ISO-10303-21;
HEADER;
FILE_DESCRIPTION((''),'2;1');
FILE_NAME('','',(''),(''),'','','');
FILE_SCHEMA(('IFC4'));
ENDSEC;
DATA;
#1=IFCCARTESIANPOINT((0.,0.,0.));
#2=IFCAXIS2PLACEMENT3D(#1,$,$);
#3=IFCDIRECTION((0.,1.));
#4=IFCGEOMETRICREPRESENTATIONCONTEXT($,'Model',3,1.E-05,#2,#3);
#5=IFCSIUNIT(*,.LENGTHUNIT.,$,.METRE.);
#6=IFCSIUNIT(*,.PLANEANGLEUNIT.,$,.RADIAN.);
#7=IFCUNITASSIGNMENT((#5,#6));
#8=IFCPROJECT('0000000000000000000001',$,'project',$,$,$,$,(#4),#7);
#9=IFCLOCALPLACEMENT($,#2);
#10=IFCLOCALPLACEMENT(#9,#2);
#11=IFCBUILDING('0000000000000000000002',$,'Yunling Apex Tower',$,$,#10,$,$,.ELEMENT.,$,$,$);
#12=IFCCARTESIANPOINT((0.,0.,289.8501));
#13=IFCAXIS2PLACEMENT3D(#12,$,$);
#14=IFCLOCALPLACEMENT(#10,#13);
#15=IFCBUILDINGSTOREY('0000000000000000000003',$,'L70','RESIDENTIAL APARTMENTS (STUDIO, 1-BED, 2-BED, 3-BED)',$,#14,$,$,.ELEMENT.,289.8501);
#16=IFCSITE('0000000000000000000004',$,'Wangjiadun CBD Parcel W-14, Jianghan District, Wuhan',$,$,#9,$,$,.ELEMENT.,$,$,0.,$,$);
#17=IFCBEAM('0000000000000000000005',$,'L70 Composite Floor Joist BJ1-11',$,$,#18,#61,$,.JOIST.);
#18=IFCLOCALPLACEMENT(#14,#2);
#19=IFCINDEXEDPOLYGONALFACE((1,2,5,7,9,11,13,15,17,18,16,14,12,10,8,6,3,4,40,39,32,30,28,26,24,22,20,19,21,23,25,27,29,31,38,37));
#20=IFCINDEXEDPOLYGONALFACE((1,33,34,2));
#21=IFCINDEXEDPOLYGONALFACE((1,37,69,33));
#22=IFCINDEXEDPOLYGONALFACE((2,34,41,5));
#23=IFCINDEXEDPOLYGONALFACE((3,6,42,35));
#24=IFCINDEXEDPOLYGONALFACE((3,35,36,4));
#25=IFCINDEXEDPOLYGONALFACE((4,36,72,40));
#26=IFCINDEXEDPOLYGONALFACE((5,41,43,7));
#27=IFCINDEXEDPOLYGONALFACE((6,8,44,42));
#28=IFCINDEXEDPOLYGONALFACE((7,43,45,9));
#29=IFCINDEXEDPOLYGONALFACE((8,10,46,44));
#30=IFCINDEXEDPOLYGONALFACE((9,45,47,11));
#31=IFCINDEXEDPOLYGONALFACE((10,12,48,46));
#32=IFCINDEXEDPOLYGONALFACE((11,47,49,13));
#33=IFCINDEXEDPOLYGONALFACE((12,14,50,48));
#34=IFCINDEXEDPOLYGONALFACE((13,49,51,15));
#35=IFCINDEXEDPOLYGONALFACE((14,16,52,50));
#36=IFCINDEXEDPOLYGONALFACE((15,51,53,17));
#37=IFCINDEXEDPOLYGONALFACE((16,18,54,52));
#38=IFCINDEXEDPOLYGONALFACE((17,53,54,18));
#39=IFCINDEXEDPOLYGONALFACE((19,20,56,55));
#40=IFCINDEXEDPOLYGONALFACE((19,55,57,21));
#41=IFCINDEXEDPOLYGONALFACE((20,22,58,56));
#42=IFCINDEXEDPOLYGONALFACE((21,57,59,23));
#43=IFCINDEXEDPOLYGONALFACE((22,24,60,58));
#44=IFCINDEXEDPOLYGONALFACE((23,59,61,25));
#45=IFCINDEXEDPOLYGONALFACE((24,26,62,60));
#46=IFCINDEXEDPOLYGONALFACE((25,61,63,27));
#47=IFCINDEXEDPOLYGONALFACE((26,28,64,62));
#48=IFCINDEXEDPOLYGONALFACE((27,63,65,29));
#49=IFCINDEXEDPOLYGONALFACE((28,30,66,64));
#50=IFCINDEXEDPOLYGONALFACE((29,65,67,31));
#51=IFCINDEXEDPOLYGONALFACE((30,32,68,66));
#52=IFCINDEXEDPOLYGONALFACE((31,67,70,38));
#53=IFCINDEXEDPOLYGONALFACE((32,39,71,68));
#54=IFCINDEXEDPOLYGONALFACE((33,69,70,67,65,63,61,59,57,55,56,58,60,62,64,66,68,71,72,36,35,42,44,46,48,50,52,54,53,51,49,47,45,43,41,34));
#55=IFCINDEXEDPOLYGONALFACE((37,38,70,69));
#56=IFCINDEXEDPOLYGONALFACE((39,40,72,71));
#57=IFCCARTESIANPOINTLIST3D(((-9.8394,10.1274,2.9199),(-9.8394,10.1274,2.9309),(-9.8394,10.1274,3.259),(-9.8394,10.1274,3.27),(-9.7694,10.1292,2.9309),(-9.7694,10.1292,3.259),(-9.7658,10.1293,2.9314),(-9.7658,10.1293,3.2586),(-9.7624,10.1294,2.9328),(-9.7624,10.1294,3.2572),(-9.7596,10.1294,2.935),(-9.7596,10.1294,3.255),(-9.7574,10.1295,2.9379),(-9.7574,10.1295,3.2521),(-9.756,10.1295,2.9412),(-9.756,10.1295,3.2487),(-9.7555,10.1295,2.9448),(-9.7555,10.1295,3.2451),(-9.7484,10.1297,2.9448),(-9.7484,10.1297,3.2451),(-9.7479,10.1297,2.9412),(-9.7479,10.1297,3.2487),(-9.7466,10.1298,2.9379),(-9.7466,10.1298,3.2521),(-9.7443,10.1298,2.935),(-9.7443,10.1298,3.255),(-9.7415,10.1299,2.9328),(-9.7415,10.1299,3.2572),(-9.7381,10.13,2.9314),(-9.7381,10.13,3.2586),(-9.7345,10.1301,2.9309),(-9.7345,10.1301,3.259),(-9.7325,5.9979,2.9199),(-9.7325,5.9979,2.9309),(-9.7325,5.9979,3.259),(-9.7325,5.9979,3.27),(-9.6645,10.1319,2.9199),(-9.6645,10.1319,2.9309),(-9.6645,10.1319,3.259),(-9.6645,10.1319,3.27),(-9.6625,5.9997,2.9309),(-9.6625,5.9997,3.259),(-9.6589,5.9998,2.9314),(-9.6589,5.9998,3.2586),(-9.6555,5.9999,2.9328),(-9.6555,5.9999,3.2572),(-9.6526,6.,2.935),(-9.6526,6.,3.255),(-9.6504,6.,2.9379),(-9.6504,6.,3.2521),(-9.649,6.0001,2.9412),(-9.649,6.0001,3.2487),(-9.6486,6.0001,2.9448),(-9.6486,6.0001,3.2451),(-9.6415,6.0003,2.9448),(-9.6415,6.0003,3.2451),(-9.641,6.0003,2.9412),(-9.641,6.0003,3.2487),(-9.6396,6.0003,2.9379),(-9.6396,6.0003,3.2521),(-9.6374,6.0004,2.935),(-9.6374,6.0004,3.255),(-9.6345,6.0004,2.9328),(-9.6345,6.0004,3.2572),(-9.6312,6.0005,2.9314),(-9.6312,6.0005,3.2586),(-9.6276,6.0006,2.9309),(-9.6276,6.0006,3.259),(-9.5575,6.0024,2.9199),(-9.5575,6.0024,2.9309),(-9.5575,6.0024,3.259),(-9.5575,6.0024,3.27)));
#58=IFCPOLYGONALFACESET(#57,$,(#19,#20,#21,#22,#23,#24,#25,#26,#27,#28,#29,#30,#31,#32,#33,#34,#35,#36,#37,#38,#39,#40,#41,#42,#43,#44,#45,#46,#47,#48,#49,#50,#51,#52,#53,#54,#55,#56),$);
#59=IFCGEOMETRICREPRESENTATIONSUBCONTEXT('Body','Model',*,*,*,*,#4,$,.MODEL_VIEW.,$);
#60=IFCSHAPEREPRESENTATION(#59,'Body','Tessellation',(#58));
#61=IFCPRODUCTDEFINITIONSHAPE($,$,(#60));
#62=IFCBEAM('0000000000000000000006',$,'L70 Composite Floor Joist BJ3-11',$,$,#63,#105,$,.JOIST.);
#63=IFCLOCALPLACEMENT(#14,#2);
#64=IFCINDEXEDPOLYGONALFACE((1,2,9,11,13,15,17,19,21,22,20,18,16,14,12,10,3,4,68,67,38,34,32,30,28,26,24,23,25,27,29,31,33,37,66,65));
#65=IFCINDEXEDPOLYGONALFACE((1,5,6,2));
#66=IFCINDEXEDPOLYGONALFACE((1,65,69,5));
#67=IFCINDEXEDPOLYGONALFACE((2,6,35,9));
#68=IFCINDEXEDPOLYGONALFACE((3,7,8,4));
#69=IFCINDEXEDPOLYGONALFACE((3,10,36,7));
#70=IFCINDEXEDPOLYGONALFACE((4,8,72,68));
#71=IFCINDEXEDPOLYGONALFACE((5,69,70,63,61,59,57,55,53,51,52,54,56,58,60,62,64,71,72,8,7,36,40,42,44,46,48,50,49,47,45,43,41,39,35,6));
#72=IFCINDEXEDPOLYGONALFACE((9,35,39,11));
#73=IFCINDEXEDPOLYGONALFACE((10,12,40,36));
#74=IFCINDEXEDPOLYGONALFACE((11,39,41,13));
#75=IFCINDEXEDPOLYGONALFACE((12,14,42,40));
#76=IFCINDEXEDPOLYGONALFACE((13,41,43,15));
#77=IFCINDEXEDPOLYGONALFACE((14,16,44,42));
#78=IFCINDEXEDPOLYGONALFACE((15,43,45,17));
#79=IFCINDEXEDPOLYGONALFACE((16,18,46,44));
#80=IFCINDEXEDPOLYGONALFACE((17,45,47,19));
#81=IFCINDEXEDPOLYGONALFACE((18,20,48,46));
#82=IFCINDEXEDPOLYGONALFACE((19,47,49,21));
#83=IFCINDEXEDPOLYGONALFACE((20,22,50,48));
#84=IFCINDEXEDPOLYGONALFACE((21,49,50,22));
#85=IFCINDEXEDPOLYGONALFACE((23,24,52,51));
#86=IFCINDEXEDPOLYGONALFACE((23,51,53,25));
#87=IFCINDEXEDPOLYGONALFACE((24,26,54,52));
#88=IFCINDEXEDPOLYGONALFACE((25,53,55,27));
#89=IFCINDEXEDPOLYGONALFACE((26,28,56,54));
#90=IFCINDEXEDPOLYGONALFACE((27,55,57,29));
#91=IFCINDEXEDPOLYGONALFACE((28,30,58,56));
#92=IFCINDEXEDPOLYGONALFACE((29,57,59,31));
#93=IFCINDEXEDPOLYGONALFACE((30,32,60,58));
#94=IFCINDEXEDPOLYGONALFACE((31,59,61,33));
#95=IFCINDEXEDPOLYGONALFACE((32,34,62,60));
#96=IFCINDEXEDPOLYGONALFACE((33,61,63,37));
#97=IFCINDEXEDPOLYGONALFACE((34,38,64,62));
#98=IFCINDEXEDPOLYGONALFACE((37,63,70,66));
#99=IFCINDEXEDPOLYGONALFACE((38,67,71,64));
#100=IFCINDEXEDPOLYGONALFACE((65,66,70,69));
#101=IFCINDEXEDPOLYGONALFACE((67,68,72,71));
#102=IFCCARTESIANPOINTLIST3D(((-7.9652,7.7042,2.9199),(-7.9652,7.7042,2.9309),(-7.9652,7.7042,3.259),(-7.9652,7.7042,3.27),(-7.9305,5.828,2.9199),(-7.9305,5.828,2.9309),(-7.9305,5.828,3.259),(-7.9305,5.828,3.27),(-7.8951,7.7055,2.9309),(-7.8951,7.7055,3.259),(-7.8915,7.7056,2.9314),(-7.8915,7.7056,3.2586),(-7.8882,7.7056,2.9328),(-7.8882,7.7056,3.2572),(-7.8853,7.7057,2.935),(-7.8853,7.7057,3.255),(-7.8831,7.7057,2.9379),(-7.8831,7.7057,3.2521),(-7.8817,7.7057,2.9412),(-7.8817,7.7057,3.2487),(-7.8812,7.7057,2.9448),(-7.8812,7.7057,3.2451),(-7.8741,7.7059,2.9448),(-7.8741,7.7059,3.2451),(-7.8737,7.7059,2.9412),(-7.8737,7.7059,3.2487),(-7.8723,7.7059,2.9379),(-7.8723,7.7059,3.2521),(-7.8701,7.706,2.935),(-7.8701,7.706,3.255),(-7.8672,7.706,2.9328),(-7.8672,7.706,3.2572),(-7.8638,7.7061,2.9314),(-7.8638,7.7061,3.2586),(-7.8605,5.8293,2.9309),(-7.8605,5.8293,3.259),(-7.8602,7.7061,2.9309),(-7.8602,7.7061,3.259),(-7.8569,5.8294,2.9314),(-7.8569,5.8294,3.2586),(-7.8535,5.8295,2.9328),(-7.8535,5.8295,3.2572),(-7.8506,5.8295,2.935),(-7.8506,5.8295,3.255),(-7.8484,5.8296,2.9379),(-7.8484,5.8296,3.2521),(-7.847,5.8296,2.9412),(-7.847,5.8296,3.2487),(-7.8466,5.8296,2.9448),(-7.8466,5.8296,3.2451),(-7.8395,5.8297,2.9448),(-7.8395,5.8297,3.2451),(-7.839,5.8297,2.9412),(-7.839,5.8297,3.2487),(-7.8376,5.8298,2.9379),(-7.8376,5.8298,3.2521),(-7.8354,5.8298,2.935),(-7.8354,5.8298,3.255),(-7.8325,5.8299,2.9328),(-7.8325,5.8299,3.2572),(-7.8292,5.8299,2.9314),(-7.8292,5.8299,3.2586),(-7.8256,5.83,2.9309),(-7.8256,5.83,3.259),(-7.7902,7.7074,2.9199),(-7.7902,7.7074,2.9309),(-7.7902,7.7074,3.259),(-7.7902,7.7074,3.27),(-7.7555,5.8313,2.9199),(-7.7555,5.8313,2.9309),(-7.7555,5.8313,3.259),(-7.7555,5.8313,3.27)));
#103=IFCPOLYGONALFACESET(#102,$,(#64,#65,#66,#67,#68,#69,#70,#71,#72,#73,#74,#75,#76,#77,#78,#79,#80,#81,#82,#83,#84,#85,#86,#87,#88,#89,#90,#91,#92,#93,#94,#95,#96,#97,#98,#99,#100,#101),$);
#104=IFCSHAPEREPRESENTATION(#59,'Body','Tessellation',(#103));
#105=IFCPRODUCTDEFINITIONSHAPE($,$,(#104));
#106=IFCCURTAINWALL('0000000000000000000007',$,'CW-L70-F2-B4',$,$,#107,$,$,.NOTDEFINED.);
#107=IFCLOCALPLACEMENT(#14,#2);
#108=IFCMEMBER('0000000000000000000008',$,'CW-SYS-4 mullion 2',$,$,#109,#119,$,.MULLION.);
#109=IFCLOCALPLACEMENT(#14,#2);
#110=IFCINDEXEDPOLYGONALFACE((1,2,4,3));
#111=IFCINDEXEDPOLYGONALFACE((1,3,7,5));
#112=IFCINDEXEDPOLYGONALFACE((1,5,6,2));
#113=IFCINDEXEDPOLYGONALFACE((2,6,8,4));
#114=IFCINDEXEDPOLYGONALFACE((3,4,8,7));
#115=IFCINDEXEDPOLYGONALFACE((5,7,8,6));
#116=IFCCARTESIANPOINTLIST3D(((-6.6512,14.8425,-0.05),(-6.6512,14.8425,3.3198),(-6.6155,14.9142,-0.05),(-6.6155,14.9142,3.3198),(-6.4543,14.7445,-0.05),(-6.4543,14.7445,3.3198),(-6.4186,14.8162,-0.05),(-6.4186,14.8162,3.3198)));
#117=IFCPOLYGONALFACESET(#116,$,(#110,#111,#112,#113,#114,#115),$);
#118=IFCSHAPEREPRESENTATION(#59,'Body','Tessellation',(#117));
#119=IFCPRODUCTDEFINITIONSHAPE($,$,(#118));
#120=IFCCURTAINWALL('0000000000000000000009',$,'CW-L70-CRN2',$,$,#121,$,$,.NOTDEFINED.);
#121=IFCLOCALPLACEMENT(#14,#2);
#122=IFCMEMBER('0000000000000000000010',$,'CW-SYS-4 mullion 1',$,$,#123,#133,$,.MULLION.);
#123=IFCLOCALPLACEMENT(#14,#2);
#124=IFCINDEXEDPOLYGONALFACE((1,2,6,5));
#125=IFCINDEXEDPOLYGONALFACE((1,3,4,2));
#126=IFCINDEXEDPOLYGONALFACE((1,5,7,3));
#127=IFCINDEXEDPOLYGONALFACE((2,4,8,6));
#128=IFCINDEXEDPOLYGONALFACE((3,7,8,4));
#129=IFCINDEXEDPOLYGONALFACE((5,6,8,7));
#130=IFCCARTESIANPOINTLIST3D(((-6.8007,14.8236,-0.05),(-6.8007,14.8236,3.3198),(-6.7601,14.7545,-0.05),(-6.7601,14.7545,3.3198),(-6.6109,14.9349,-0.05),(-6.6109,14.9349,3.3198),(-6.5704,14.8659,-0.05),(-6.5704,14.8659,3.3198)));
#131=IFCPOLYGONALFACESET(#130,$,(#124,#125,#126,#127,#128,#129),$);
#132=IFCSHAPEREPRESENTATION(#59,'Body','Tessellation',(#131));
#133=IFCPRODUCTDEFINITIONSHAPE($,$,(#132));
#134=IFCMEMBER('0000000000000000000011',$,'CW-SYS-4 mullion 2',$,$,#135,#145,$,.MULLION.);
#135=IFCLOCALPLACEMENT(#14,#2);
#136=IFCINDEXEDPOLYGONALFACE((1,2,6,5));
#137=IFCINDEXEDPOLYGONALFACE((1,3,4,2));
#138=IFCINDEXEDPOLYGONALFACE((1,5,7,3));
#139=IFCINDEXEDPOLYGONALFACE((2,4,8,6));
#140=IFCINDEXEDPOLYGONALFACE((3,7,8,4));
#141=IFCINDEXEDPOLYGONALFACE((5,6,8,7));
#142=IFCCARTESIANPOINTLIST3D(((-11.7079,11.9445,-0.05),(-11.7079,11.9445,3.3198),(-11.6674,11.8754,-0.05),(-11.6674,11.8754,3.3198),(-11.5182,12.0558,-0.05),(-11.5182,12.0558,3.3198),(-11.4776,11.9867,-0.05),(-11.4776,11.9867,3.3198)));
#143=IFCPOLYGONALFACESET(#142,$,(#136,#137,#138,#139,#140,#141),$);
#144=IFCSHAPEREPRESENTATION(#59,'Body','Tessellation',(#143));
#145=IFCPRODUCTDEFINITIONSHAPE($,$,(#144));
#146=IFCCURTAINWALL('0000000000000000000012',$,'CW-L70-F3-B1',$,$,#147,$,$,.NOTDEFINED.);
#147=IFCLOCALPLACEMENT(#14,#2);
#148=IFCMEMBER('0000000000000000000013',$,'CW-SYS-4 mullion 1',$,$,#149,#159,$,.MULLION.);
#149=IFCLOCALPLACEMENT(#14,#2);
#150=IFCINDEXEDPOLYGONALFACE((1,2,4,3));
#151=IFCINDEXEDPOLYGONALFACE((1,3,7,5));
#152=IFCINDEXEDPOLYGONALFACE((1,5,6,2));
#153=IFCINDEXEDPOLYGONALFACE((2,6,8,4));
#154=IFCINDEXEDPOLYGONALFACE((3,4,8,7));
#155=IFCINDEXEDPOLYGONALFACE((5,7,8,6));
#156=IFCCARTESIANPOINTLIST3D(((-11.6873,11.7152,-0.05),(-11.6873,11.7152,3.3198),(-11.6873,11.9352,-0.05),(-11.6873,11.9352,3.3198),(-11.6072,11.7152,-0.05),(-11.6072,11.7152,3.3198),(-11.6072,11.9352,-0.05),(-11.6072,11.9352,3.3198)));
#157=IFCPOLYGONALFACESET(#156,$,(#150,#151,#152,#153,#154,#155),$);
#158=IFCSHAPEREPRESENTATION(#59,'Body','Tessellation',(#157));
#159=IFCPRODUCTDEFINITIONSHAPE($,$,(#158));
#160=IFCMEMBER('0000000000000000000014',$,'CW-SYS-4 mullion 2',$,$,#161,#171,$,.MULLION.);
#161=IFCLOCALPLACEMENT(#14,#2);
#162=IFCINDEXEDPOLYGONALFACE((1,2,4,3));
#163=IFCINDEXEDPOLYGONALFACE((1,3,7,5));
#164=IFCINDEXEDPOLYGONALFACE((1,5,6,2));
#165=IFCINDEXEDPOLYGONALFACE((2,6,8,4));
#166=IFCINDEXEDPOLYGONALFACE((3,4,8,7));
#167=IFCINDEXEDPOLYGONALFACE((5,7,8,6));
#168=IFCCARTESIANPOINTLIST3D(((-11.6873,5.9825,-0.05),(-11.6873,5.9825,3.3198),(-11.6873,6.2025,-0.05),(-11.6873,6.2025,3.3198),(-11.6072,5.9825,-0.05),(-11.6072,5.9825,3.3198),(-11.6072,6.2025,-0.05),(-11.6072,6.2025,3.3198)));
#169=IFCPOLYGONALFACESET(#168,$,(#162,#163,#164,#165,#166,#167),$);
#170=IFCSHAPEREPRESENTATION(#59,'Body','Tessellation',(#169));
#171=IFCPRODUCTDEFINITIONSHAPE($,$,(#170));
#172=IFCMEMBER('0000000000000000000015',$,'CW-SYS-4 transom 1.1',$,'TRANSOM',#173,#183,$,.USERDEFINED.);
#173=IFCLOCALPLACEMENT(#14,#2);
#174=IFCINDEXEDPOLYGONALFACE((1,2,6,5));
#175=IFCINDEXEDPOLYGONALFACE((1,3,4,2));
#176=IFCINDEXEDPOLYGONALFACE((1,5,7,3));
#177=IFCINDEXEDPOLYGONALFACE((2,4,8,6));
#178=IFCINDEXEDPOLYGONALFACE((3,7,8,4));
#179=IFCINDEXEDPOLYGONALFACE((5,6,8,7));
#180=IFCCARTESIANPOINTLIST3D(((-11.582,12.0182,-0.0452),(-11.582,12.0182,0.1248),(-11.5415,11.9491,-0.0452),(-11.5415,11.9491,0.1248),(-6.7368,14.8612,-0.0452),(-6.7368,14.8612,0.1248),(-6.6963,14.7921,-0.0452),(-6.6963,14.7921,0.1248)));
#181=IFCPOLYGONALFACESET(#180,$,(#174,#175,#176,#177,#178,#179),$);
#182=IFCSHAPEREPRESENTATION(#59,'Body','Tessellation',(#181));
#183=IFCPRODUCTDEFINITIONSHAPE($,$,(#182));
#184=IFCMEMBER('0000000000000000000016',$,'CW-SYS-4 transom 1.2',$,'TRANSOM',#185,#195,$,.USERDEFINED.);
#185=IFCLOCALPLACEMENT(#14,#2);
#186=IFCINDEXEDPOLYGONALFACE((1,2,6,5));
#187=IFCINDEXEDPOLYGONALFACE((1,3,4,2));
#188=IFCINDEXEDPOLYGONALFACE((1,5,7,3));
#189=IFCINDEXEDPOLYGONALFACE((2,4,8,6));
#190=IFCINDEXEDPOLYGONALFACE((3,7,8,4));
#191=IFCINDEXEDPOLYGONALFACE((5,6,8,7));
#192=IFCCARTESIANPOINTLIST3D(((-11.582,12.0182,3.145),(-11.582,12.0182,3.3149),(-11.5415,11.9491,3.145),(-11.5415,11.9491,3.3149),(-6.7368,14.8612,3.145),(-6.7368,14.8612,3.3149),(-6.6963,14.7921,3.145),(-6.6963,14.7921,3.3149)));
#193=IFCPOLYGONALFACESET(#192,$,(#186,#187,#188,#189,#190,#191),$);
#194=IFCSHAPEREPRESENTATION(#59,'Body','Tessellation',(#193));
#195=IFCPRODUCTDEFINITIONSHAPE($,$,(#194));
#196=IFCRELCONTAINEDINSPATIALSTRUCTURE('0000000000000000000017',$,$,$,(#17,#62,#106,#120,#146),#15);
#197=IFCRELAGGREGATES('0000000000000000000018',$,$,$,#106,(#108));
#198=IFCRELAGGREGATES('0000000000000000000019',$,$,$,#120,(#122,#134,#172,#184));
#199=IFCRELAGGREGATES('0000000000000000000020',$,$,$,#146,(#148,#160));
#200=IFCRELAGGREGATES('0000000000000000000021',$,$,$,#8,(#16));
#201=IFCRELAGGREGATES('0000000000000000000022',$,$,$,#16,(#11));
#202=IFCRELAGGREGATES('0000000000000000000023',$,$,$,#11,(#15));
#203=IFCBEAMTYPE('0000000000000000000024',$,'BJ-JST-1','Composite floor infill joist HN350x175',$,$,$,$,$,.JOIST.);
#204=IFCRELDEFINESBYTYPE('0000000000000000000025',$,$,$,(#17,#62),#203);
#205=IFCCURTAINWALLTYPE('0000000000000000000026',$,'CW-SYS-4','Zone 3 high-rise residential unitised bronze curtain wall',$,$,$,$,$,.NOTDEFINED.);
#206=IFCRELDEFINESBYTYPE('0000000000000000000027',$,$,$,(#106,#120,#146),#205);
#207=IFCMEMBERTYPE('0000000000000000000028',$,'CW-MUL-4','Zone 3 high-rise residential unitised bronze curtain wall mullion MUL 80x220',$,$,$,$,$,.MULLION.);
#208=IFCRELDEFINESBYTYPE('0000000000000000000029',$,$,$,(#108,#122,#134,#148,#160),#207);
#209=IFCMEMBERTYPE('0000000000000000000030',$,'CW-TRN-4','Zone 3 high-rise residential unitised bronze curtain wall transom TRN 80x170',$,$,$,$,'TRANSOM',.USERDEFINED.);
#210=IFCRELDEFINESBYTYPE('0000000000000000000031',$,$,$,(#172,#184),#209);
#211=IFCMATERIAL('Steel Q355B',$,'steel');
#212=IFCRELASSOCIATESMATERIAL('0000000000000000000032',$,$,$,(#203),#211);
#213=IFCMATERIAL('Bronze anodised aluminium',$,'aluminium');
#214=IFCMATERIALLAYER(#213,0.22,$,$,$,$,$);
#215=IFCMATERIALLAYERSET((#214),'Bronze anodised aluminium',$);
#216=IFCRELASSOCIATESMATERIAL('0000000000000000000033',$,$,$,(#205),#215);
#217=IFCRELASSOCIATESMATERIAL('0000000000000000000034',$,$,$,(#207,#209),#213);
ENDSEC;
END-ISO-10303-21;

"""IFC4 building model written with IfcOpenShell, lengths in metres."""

from ifc_helpers import new_model, si_unit, direction, frame, origin, origin_2d, place, context, subcontext, project, spatial, rectangle, i_section, extrude, source, transform, mapped, material, layer, layer_set, material_profile, profile_set, type_object, element, aggregate, save


model = new_model("IFC4")

# Units and contexts
model_context = context("Model", 3, precision=1e-05, world=origin(), true_north=direction((0.0, 1.0)))
body_context = subcontext(model_context, "Body", "Model", "MODEL_VIEW")
ifc_project = project(units=[si_unit("LENGTHUNIT", "METRE"), si_unit("PLANEANGLEUNIT", "RADIAN")], contexts=[model_context])

# Site, building, storey
site_placement = place(None, origin())
site = spatial("IfcSite", under=ifc_project, at=site_placement, Name="Wangjiadun CBD Parcel W-14, Jianghan District, Wuhan", CompositionType="ELEMENT", RefElevation=0.0)
building_placement = place(site_placement, origin())
building = spatial("IfcBuilding", under=site, at=building_placement, Name="Yunling Apex Tower", CompositionType="ELEMENT")
storey_placement = place(building_placement, frame((0.0, 0.0, 289.8501)))
storey = spatial("IfcBuildingStorey", under=building, at=storey_placement, Name="L70", Description="RESIDENTIAL APARTMENTS (STUDIO, 1-BED, 2-BED, 3-BED)", CompositionType="ELEMENT", Elevation=289.8501)

# Shared definitions
ifc_material_1 = material(Name="Steel Q355B", Category="steel")

# Beams
ifc_material_profile_1 = material_profile(ifc_material_1, i_section(OverallWidth=0.175, OverallDepth=0.3501, WebThickness=0.0071, FlangeThickness=0.011, FilletRadius=0.0139, at=origin_2d()))
ifc_profile_set_1 = profile_set([ifc_material_profile_1], Name="Steel Q355B")
beam_type_1 = type_object("IfcBeamType", Name="BJ-JST-1", Description="Composite floor infill joist HN350x175", PredefinedType="JOIST", material=ifc_profile_set_1)
shared_shape_1 = source(origin(), body_context, "Body", "SweptSolid", [
    extrude(i_section(OverallWidth=0.175, OverallDepth=0.3501, WebThickness=0.0071, FlangeThickness=0.011, FilletRadius=0.0139, at=origin_2d()), origin(), (0.0, 0.0, 1.0), 4.1309),
])
beam_1_placement = place(storey_placement, frame((-9.752, 10.1296, 3.095), z_axis=(0.025887, -0.999665, 0.0), x_axis=(0.999665, 0.025887, 0.0)))
element("IfcBeam", 1, at=beam_1_placement, inside=storey, type_object=beam_type_1, Name="L70 Composite Floor Joist BJ1-11", PredefinedType="JOIST", context=body_context, shape_type="MappedRepresentation", body=[
    mapped(shared_shape_1, transform((0.0, 0.0, 0.0), scale=1.0)),
])
shared_shape_2 = source(origin(), body_context, "Body", "SweptSolid", [
    extrude(i_section(OverallWidth=0.175, OverallDepth=0.3501, WebThickness=0.0071, FlangeThickness=0.011, FilletRadius=0.0139, at=origin_2d()), origin(), (0.0, 0.0, 1.0), 1.8765),
])
beam_2_placement = place(storey_placement, frame((-7.8777, 7.7058, 3.095), z_axis=(0.018474, -0.999829, 0.0), x_axis=(0.999829, 0.018474, 0.0)))
element("IfcBeam", 2, at=beam_2_placement, inside=storey, type_object=beam_type_1, Name="L70 Composite Floor Joist BJ3-11", PredefinedType="JOIST", context=body_context, shape_type="MappedRepresentation", body=[
    mapped(shared_shape_2, transform((0.0, 0.0, 0.0), scale=1.0)),
])

# Curtain wall, member
ifc_material_2 = material(Name="Bronze anodised aluminium", Category="aluminium")
ifc_layer_1 = layer(ifc_material_2, 0.22)
ifc_layer_set_1 = layer_set([ifc_layer_1], Name="Bronze anodised aluminium")
curtain_wall_type = type_object("IfcCurtainWallType", Name="CW-SYS-4", Description="Zone 3 high-rise residential unitised bronze curtain wall", PredefinedType="NOTDEFINED", material=ifc_layer_set_1)
curtain_wall_1_placement = place(storey_placement, origin())
curtain_wall_1 = element("IfcCurtainWall", 3, at=curtain_wall_1_placement, inside=storey, type_object=curtain_wall_type, Name="CW-L70-F2-B4", PredefinedType="NOTDEFINED")
ifc_material_profile_2 = material_profile(ifc_material_2, rectangle(XDim=0.0801, YDim=0.22, at=origin_2d()))
ifc_profile_set_2 = profile_set([ifc_material_profile_2], Name="Bronze anodised aluminium")
member_type_1 = type_object("IfcMemberType", Name="CW-MUL-4", Description="Zone 3 high-rise residential unitised bronze curtain wall mullion MUL 80x220", PredefinedType="MULLION", material=ifc_profile_set_2)
shared_shape_3 = source(origin(), body_context, "Body", "SweptSolid", [
    extrude(rectangle(XDim=0.0801, YDim=0.22, at=origin_2d()), origin(), (0.0, 0.0, 1.0), 3.3699),
])
member_1_placement = place(storey_placement, frame((-6.5349, 14.8293, -0.05), z_axis=(0.0, 0.0, 1.0), x_axis=(-0.445568, -0.895248, 0.0)))
member_1 = element("IfcMember", 4, at=member_1_placement, type_object=member_type_1, Name="CW-SYS-4 mullion 2", PredefinedType="MULLION", context=body_context, shape_type="MappedRepresentation", body=[
    mapped(shared_shape_3, transform((0.0, 0.0, 0.0), scale=1.0)),
])

# Curtain walls, members
curtain_wall_2_placement = place(storey_placement, origin())
curtain_wall_2 = element("IfcCurtainWall", 5, at=curtain_wall_2_placement, inside=storey, type_object=curtain_wall_type, Name="CW-L70-CRN2", PredefinedType="NOTDEFINED")
member_2_placement = place(storey_placement, frame((-6.6855, 14.8447, -0.05), z_axis=(0.0, 0.0, 1.0), x_axis=(0.506057, -0.8625, 0.0)))
member_2 = element("IfcMember", 6, at=member_2_placement, type_object=member_type_1, Name="CW-SYS-4 mullion 1", PredefinedType="MULLION", context=body_context, shape_type="MappedRepresentation", body=[
    mapped(shared_shape_3, transform((0.0, 0.0, 0.0), scale=1.0)),
])
member_3_placement = place(storey_placement, frame((-11.5928, 11.9656, -0.05), z_axis=(0.0, 0.0, 1.0), x_axis=(0.506057, -0.8625, 0.0)))
member_3 = element("IfcMember", 7, at=member_3_placement, type_object=member_type_1, Name="CW-SYS-4 mullion 2", PredefinedType="MULLION", context=body_context, shape_type="MappedRepresentation", body=[
    mapped(shared_shape_3, transform((0.0, 0.0, 0.0), scale=1.0)),
])
curtain_wall_3_placement = place(storey_placement, origin())
curtain_wall_3 = element("IfcCurtainWall", 8, at=curtain_wall_3_placement, inside=storey, type_object=curtain_wall_type, Name="CW-L70-F3-B1", PredefinedType="NOTDEFINED")
member_4_placement = place(storey_placement, frame((-11.6472, 11.8252, -0.05), z_axis=(0.0, 0.0, 1.0), x_axis=(1.0, 0.0, 0.0)))
member_4 = element("IfcMember", 9, at=member_4_placement, type_object=member_type_1, Name="CW-SYS-4 mullion 1", PredefinedType="MULLION", context=body_context, shape_type="MappedRepresentation", body=[
    mapped(shared_shape_3, transform((0.0, 0.0, 0.0), scale=1.0)),
])
member_5_placement = place(storey_placement, frame((-11.6472, 6.0925, -0.05), z_axis=(0.0, 0.0, 1.0), x_axis=(1.0, 0.0, 0.0)))
member_5 = element("IfcMember", 10, at=member_5_placement, type_object=member_type_1, Name="CW-SYS-4 mullion 2", PredefinedType="MULLION", context=body_context, shape_type="MappedRepresentation", body=[
    mapped(shared_shape_3, transform((0.0, 0.0, 0.0), scale=1.0)),
])

# Members
ifc_material_profile_3 = material_profile(ifc_material_2, rectangle(XDim=0.0801, YDim=0.1699, at=origin_2d()))
ifc_profile_set_3 = profile_set([ifc_material_profile_3], Name="Bronze anodised aluminium")
member_type_2 = type_object("IfcMemberType", Name="CW-TRN-4", Description="Zone 3 high-rise residential unitised bronze curtain wall transom TRN 80x170", ElementType="TRANSOM", PredefinedType="USERDEFINED", material=ifc_profile_set_3)
shared_shape_4 = source(origin(), body_context, "Body", "SweptSolid", [
    extrude(rectangle(XDim=0.0801, YDim=0.1699, at=origin_2d()), origin(), (0.0, 0.0, 1.0), 5.6177),
])
member_6_placement = place(storey_placement, frame((-6.7166, 14.8267, 0.0398), z_axis=(-0.862487, -0.50608, 0.0), x_axis=(0.50608, -0.862487, 0.0)))
member_6 = element("IfcMember", 11, at=member_6_placement, type_object=member_type_2, Name="CW-SYS-4 transom 1.1", ObjectType="TRANSOM", PredefinedType="USERDEFINED", context=body_context, shape_type="MappedRepresentation", body=[
    mapped(shared_shape_4, transform((0.0, 0.0, 0.0), scale=1.0)),
])
member_7_placement = place(storey_placement, frame((-6.7166, 14.8267, 3.23), z_axis=(-0.862487, -0.50608, 0.0), x_axis=(0.50608, -0.862487, 0.0)))
member_7 = element("IfcMember", 12, at=member_7_placement, type_object=member_type_2, Name="CW-SYS-4 transom 1.2", ObjectType="TRANSOM", PredefinedType="USERDEFINED", context=body_context, shape_type="MappedRepresentation", body=[
    mapped(shared_shape_4, transform((0.0, 0.0, 0.0), scale=1.0)),
])

aggregate(curtain_wall_1, [member_1])
aggregate(curtain_wall_2, [member_2, member_3, member_6, member_7])
aggregate(curtain_wall_3, [member_4, member_5])

save(model, "model.ifc")
